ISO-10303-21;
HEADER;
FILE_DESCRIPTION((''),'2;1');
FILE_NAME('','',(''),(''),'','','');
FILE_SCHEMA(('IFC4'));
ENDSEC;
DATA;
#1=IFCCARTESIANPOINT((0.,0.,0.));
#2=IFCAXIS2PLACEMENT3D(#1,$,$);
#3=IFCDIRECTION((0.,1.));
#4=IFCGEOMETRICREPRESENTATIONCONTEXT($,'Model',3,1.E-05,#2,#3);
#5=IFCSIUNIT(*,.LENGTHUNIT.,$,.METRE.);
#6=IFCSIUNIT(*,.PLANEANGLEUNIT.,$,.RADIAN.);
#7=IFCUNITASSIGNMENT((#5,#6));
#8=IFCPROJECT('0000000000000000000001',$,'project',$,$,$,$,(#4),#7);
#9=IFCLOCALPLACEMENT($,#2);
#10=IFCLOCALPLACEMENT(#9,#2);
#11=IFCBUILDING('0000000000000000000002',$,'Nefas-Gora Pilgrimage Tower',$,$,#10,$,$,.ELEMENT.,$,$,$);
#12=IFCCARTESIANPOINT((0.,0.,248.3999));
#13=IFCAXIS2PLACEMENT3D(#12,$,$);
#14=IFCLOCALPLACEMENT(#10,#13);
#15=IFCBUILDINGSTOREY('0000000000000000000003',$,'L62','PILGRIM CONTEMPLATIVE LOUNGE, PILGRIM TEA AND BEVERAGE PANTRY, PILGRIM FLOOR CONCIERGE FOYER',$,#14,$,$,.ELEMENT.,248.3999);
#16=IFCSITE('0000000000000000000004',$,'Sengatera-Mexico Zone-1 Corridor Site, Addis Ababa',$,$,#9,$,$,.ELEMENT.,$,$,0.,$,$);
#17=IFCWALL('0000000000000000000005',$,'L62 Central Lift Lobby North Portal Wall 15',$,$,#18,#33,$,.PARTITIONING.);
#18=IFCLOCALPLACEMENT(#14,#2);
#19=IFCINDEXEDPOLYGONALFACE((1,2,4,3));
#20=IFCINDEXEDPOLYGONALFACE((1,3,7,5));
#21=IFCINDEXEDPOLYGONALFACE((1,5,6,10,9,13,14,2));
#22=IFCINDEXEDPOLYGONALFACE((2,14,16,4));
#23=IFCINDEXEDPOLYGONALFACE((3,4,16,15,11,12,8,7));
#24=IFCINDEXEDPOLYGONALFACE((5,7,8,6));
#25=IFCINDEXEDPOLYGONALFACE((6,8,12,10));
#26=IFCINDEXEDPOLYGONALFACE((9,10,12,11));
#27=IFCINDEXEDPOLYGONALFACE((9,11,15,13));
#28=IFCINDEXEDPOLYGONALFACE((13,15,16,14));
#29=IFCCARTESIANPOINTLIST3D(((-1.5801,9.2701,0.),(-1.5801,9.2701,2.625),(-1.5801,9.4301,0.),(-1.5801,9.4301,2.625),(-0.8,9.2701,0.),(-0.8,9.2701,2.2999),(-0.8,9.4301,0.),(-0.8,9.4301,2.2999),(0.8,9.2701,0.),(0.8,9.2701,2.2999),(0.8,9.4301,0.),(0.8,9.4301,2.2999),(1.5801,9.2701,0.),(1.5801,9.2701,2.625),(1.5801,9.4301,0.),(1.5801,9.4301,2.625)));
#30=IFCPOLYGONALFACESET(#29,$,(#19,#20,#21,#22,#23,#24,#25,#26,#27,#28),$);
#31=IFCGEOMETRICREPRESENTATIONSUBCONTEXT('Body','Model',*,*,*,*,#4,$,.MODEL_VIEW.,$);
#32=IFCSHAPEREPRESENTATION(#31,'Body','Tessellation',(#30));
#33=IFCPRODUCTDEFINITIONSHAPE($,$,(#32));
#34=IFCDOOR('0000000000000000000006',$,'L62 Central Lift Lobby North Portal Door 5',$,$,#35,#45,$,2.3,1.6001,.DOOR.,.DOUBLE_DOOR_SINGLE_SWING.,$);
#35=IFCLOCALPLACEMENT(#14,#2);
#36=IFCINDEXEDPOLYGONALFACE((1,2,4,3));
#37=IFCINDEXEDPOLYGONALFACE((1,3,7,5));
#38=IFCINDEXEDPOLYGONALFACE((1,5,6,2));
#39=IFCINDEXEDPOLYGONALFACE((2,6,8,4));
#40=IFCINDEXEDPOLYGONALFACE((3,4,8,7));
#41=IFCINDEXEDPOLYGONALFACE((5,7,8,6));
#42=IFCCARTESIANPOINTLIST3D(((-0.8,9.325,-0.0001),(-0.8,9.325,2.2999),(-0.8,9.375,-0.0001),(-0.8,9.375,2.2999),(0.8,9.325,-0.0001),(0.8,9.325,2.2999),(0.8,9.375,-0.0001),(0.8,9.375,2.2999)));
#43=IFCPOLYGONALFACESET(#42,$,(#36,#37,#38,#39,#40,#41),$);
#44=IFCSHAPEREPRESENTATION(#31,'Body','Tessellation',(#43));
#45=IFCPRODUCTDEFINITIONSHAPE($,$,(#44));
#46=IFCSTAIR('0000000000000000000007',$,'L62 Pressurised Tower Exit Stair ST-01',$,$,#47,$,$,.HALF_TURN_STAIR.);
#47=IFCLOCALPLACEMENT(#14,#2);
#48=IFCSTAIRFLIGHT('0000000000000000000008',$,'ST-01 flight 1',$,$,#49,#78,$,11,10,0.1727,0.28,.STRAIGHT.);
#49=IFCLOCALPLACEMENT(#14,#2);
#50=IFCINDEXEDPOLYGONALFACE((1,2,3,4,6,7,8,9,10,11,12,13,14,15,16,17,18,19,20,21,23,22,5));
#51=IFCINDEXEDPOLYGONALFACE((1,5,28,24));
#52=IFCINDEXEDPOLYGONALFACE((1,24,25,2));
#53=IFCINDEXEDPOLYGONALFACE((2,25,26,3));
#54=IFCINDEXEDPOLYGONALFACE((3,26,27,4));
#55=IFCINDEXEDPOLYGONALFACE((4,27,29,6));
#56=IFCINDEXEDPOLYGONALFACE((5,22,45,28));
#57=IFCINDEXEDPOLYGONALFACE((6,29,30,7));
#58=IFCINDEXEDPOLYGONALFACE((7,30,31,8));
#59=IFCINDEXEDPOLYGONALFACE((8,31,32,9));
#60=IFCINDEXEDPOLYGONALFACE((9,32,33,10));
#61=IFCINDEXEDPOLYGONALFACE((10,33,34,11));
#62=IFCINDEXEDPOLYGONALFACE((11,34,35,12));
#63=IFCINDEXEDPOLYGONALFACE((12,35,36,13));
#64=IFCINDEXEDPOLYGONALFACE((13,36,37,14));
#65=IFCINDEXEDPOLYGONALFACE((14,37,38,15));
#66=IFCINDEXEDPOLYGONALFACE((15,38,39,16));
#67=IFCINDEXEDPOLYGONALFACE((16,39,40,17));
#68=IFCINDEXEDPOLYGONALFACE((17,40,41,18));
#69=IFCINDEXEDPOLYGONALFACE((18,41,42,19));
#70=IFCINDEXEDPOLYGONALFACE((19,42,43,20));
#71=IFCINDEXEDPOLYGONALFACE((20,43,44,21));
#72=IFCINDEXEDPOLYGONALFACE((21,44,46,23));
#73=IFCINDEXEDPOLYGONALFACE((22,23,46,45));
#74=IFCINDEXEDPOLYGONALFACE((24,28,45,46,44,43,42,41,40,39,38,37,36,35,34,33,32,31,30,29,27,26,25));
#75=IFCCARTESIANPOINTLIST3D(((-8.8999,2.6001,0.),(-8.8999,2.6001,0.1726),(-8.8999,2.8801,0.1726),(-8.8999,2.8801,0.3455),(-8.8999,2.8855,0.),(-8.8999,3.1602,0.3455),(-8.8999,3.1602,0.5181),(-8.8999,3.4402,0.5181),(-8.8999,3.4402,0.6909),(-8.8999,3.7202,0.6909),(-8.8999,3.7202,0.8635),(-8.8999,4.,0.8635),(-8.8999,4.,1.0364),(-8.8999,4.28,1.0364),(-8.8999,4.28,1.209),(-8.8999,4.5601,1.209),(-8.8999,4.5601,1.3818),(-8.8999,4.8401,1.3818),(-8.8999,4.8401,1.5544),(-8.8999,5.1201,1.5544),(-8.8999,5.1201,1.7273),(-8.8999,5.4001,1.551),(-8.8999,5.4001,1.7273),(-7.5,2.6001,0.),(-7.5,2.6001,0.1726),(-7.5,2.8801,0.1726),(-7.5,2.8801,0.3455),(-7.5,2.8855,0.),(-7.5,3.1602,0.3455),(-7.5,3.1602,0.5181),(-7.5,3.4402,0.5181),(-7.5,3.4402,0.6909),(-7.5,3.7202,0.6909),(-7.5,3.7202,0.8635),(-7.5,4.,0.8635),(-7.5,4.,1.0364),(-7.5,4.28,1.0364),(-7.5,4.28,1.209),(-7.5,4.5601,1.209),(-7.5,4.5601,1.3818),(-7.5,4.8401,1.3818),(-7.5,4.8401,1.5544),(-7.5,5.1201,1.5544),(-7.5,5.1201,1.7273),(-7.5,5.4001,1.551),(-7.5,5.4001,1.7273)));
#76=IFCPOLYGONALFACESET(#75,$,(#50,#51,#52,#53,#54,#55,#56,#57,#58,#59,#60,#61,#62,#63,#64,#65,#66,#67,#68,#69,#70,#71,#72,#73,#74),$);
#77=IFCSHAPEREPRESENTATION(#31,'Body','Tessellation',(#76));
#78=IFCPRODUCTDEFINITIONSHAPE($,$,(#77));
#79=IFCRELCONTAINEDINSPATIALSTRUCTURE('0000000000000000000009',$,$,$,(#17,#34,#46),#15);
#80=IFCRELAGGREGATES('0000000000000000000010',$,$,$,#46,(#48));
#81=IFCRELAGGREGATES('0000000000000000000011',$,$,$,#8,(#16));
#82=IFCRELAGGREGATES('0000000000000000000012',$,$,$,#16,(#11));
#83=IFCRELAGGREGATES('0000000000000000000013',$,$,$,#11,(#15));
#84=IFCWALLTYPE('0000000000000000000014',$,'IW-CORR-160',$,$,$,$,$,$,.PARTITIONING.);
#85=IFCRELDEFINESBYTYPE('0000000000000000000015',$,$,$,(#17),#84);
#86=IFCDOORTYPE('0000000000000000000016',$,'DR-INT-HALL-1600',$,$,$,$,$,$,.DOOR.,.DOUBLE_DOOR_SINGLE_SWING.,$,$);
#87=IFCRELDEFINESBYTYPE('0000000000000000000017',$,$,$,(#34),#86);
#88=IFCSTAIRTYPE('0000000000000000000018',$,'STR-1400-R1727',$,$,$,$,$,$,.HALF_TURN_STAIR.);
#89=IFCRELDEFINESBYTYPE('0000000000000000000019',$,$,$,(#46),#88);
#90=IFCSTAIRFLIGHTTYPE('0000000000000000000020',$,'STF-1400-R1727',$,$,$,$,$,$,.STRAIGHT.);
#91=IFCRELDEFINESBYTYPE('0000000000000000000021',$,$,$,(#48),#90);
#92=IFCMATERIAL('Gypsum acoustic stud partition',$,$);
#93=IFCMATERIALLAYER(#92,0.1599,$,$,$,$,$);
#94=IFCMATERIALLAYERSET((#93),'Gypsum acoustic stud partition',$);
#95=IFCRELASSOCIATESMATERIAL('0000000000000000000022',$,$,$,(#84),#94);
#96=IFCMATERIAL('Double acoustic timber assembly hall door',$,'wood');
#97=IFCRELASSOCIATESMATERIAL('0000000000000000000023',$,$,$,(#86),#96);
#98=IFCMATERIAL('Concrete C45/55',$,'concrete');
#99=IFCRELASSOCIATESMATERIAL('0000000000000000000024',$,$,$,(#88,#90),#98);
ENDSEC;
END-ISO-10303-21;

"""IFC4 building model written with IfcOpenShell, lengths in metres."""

from ifc_helpers import new_model, si_unit, direction, frame, frame_2d, origin, place, context, subcontext, project, spatial, polyline, rectangle, outline, extrude, source, transform, mapped, material, layer, layer_set, type_object, element, fill, aggregate, save


model = new_model("IFC4")

# Units and contexts
model_context = context("Model", 3, precision=1e-05, world=origin(), true_north=direction((0.0, 1.0)))
body_context = subcontext(model_context, "Body", "Model", "MODEL_VIEW")
ifc_project = project(units=[si_unit("LENGTHUNIT", "METRE"), si_unit("PLANEANGLEUNIT", "RADIAN")], contexts=[model_context])

# Site, building, storey
site_placement = place(None, origin())
site = spatial("IfcSite", under=ifc_project, at=site_placement, Name="Sengatera-Mexico Zone-1 Corridor Site, Addis Ababa", CompositionType="ELEMENT", RefElevation=0.0)
building_placement = place(site_placement, origin())
building = spatial("IfcBuilding", under=site, at=building_placement, Name="Nefas-Gora Pilgrimage Tower", CompositionType="ELEMENT")
storey_placement = place(building_placement, frame((0.0, 0.0, 248.3999)))
storey = spatial("IfcBuildingStorey", under=building, at=storey_placement, Name="L62", Description="PILGRIM CONTEMPLATIVE LOUNGE, PILGRIM TEA AND BEVERAGE PANTRY, PILGRIM FLOOR CONCIERGE FOYER", CompositionType="ELEMENT", Elevation=248.3999)

# Shared definitions
ifc_material_1 = material(Name="Concrete C45/55", Category="concrete")

# Shared definitions
ifc_material_2 = material(Name="Gypsum acoustic stud partition")
ifc_layer_1 = layer(ifc_material_2, 0.1599)
ifc_layer_set_1 = layer_set([ifc_layer_1], Name="Gypsum acoustic stud partition")
wall_type_1 = type_object("IfcWallType", Name="IW-CORR-160", PredefinedType="PARTITIONING", material=ifc_layer_set_1)

# Wall, opening, door
shared_shape_1 = source(origin(), body_context, "Body", "SweptSolid", [
    extrude(rectangle(XDim=3.1602, YDim=0.1599, at=frame_2d((1.5801, 0.0))), origin(), (0.0, 0.0, 1.0), 2.625),
])
wall_1_placement = place(storey_placement, frame((-1.5801, 9.3501, 0.0), z_axis=(0.0, 0.0, 1.0), x_axis=(1.0, 0.0, 0.0)))
wall_1 = element("IfcWall", 1, at=wall_1_placement, inside=storey, type_object=wall_type_1, Name="L62 Central Lift Lobby North Portal Wall 15", PredefinedType="PARTITIONING", context=body_context, shape_type="MappedRepresentation", body=[
    mapped(shared_shape_1, transform((0.0, 0.0, 0.0), x_axis=(1.0, 0.0, 0.0), y_axis=(0.0, 1.0, 0.0), z_axis=(0.0, 0.0, 1.0), scale=1.0)),
])
opening_1_placement = place(wall_1_placement, frame((0.78, 0.0, 0.0)))
opening_1 = element("IfcOpeningElement", 2, at=opening_1_placement, cuts=wall_1, PredefinedType="OPENING", context=body_context, shape_type="SweptSolid", body=[
    extrude(rectangle(XDim=1.6001, YDim=2.3, at=frame_2d((0.8, 1.1499))), frame((0.0, 0.0898, 0.0), z_axis=(0.0, -1.0, 0.0), x_axis=(1.0, 0.0, 0.0)), (0.0, 0.0, 1.0), 0.1799),
])
ifc_material_3 = material(Name="Double acoustic timber assembly hall door", Category="wood")
door_type_1 = type_object("IfcDoorType", Name="DR-INT-HALL-1600", OperationType="DOUBLE_DOOR_SINGLE_SWING", PredefinedType="DOOR", material=ifc_material_3)
shared_shape_2 = source(origin(), body_context, "Body", "SweptSolid", [
    extrude(rectangle(XDim=1.6001, YDim=2.3, at=frame_2d((0.8, 1.1499))), frame((0.0, 0.0249, 0.0), z_axis=(0.0, -1.0, 0.0), x_axis=(1.0, 0.0, 0.0)), (0.0, 0.0, 1.0), 0.05),
])
door_1_placement = place(opening_1_placement, origin())
door_1 = element("IfcDoor", 3, at=door_1_placement, inside=storey, type_object=door_type_1, Name="L62 Central Lift Lobby North Portal Door 5", OperationType="DOUBLE_DOOR_SINGLE_SWING", OverallHeight=2.3, OverallWidth=1.6001, PredefinedType="DOOR", context=body_context, shape_type="MappedRepresentation", body=[
    mapped(shared_shape_2, transform((0.0, 0.0, 0.0), x_axis=(1.0, 0.0, 0.0), y_axis=(0.0, 1.0, 0.0), z_axis=(0.0, 0.0, 1.0), scale=1.0)),
])
fill(opening_1, door_1)

# Stair, stair flight
stair_type = type_object("IfcStairType", Name="STR-1400-R1727", PredefinedType="HALF_TURN_STAIR", material=ifc_material_1)
stair_placement = place(storey_placement, origin())
stair = element("IfcStair", 4, at=stair_placement, inside=storey, type_object=stair_type, Name="L62 Pressurised Tower Exit Stair ST-01", PredefinedType="HALF_TURN_STAIR")
stair_flight_type = type_object("IfcStairFlightType", Name="STF-1400-R1727", PredefinedType="STRAIGHT", material=ifc_material_1)
shared_shape_3 = source(origin(), body_context, "Body", "SweptSolid", [
    extrude(outline(polyline([(0.0, 0.0), (0.0, 0.1726), (0.28, 0.1726), (0.28, 0.3455), (0.5601, 0.3455), (0.5601, 0.5181), (0.8401, 0.5181), (0.8401, 0.6909), (1.1201, 0.6909), (1.1201, 0.8635), (1.3999, 0.8635), (1.3999, 1.0364), (1.6799, 1.0364), (1.6799, 1.209), (1.96, 1.209), (1.96, 1.3818), (2.24, 1.3818), (2.24, 1.5544), (2.52, 1.5544), (2.52, 1.7273), (2.8, 1.7273), (2.8, 1.8999), (2.8, 1.551), (0.2854, 0.0), (0.0, 0.0)])), frame((0.0, 0.7, 0.0), z_axis=(0.0, -1.0, 0.0), x_axis=(1.0, 0.0, 0.0)), (0.0, 0.0, 1.0), 1.3999),
])
stair_flight_placement = place(storey_placement, frame((-8.2, 2.6001, 0.0), z_axis=(0.0, 0.0, 1.0), x_axis=(0.0, 1.0, 0.0)))
stair_flight = element("IfcStairFlight", 5, at=stair_flight_placement, type_object=stair_flight_type, Name="ST-01 flight 1", NumberOfRisers=11, NumberOfTreads=10, PredefinedType="STRAIGHT", RiserHeight=0.1727, TreadLength=0.28, context=body_context, shape_type="MappedRepresentation", body=[
    mapped(shared_shape_3, transform((0.0, 0.0, 0.0), x_axis=(1.0, 0.0, 0.0), y_axis=(0.0, 1.0, 0.0), z_axis=(0.0, 0.0, 1.0), scale=1.0)),
])
aggregate(stair, [stair_flight])

save(model, "model.ifc")
